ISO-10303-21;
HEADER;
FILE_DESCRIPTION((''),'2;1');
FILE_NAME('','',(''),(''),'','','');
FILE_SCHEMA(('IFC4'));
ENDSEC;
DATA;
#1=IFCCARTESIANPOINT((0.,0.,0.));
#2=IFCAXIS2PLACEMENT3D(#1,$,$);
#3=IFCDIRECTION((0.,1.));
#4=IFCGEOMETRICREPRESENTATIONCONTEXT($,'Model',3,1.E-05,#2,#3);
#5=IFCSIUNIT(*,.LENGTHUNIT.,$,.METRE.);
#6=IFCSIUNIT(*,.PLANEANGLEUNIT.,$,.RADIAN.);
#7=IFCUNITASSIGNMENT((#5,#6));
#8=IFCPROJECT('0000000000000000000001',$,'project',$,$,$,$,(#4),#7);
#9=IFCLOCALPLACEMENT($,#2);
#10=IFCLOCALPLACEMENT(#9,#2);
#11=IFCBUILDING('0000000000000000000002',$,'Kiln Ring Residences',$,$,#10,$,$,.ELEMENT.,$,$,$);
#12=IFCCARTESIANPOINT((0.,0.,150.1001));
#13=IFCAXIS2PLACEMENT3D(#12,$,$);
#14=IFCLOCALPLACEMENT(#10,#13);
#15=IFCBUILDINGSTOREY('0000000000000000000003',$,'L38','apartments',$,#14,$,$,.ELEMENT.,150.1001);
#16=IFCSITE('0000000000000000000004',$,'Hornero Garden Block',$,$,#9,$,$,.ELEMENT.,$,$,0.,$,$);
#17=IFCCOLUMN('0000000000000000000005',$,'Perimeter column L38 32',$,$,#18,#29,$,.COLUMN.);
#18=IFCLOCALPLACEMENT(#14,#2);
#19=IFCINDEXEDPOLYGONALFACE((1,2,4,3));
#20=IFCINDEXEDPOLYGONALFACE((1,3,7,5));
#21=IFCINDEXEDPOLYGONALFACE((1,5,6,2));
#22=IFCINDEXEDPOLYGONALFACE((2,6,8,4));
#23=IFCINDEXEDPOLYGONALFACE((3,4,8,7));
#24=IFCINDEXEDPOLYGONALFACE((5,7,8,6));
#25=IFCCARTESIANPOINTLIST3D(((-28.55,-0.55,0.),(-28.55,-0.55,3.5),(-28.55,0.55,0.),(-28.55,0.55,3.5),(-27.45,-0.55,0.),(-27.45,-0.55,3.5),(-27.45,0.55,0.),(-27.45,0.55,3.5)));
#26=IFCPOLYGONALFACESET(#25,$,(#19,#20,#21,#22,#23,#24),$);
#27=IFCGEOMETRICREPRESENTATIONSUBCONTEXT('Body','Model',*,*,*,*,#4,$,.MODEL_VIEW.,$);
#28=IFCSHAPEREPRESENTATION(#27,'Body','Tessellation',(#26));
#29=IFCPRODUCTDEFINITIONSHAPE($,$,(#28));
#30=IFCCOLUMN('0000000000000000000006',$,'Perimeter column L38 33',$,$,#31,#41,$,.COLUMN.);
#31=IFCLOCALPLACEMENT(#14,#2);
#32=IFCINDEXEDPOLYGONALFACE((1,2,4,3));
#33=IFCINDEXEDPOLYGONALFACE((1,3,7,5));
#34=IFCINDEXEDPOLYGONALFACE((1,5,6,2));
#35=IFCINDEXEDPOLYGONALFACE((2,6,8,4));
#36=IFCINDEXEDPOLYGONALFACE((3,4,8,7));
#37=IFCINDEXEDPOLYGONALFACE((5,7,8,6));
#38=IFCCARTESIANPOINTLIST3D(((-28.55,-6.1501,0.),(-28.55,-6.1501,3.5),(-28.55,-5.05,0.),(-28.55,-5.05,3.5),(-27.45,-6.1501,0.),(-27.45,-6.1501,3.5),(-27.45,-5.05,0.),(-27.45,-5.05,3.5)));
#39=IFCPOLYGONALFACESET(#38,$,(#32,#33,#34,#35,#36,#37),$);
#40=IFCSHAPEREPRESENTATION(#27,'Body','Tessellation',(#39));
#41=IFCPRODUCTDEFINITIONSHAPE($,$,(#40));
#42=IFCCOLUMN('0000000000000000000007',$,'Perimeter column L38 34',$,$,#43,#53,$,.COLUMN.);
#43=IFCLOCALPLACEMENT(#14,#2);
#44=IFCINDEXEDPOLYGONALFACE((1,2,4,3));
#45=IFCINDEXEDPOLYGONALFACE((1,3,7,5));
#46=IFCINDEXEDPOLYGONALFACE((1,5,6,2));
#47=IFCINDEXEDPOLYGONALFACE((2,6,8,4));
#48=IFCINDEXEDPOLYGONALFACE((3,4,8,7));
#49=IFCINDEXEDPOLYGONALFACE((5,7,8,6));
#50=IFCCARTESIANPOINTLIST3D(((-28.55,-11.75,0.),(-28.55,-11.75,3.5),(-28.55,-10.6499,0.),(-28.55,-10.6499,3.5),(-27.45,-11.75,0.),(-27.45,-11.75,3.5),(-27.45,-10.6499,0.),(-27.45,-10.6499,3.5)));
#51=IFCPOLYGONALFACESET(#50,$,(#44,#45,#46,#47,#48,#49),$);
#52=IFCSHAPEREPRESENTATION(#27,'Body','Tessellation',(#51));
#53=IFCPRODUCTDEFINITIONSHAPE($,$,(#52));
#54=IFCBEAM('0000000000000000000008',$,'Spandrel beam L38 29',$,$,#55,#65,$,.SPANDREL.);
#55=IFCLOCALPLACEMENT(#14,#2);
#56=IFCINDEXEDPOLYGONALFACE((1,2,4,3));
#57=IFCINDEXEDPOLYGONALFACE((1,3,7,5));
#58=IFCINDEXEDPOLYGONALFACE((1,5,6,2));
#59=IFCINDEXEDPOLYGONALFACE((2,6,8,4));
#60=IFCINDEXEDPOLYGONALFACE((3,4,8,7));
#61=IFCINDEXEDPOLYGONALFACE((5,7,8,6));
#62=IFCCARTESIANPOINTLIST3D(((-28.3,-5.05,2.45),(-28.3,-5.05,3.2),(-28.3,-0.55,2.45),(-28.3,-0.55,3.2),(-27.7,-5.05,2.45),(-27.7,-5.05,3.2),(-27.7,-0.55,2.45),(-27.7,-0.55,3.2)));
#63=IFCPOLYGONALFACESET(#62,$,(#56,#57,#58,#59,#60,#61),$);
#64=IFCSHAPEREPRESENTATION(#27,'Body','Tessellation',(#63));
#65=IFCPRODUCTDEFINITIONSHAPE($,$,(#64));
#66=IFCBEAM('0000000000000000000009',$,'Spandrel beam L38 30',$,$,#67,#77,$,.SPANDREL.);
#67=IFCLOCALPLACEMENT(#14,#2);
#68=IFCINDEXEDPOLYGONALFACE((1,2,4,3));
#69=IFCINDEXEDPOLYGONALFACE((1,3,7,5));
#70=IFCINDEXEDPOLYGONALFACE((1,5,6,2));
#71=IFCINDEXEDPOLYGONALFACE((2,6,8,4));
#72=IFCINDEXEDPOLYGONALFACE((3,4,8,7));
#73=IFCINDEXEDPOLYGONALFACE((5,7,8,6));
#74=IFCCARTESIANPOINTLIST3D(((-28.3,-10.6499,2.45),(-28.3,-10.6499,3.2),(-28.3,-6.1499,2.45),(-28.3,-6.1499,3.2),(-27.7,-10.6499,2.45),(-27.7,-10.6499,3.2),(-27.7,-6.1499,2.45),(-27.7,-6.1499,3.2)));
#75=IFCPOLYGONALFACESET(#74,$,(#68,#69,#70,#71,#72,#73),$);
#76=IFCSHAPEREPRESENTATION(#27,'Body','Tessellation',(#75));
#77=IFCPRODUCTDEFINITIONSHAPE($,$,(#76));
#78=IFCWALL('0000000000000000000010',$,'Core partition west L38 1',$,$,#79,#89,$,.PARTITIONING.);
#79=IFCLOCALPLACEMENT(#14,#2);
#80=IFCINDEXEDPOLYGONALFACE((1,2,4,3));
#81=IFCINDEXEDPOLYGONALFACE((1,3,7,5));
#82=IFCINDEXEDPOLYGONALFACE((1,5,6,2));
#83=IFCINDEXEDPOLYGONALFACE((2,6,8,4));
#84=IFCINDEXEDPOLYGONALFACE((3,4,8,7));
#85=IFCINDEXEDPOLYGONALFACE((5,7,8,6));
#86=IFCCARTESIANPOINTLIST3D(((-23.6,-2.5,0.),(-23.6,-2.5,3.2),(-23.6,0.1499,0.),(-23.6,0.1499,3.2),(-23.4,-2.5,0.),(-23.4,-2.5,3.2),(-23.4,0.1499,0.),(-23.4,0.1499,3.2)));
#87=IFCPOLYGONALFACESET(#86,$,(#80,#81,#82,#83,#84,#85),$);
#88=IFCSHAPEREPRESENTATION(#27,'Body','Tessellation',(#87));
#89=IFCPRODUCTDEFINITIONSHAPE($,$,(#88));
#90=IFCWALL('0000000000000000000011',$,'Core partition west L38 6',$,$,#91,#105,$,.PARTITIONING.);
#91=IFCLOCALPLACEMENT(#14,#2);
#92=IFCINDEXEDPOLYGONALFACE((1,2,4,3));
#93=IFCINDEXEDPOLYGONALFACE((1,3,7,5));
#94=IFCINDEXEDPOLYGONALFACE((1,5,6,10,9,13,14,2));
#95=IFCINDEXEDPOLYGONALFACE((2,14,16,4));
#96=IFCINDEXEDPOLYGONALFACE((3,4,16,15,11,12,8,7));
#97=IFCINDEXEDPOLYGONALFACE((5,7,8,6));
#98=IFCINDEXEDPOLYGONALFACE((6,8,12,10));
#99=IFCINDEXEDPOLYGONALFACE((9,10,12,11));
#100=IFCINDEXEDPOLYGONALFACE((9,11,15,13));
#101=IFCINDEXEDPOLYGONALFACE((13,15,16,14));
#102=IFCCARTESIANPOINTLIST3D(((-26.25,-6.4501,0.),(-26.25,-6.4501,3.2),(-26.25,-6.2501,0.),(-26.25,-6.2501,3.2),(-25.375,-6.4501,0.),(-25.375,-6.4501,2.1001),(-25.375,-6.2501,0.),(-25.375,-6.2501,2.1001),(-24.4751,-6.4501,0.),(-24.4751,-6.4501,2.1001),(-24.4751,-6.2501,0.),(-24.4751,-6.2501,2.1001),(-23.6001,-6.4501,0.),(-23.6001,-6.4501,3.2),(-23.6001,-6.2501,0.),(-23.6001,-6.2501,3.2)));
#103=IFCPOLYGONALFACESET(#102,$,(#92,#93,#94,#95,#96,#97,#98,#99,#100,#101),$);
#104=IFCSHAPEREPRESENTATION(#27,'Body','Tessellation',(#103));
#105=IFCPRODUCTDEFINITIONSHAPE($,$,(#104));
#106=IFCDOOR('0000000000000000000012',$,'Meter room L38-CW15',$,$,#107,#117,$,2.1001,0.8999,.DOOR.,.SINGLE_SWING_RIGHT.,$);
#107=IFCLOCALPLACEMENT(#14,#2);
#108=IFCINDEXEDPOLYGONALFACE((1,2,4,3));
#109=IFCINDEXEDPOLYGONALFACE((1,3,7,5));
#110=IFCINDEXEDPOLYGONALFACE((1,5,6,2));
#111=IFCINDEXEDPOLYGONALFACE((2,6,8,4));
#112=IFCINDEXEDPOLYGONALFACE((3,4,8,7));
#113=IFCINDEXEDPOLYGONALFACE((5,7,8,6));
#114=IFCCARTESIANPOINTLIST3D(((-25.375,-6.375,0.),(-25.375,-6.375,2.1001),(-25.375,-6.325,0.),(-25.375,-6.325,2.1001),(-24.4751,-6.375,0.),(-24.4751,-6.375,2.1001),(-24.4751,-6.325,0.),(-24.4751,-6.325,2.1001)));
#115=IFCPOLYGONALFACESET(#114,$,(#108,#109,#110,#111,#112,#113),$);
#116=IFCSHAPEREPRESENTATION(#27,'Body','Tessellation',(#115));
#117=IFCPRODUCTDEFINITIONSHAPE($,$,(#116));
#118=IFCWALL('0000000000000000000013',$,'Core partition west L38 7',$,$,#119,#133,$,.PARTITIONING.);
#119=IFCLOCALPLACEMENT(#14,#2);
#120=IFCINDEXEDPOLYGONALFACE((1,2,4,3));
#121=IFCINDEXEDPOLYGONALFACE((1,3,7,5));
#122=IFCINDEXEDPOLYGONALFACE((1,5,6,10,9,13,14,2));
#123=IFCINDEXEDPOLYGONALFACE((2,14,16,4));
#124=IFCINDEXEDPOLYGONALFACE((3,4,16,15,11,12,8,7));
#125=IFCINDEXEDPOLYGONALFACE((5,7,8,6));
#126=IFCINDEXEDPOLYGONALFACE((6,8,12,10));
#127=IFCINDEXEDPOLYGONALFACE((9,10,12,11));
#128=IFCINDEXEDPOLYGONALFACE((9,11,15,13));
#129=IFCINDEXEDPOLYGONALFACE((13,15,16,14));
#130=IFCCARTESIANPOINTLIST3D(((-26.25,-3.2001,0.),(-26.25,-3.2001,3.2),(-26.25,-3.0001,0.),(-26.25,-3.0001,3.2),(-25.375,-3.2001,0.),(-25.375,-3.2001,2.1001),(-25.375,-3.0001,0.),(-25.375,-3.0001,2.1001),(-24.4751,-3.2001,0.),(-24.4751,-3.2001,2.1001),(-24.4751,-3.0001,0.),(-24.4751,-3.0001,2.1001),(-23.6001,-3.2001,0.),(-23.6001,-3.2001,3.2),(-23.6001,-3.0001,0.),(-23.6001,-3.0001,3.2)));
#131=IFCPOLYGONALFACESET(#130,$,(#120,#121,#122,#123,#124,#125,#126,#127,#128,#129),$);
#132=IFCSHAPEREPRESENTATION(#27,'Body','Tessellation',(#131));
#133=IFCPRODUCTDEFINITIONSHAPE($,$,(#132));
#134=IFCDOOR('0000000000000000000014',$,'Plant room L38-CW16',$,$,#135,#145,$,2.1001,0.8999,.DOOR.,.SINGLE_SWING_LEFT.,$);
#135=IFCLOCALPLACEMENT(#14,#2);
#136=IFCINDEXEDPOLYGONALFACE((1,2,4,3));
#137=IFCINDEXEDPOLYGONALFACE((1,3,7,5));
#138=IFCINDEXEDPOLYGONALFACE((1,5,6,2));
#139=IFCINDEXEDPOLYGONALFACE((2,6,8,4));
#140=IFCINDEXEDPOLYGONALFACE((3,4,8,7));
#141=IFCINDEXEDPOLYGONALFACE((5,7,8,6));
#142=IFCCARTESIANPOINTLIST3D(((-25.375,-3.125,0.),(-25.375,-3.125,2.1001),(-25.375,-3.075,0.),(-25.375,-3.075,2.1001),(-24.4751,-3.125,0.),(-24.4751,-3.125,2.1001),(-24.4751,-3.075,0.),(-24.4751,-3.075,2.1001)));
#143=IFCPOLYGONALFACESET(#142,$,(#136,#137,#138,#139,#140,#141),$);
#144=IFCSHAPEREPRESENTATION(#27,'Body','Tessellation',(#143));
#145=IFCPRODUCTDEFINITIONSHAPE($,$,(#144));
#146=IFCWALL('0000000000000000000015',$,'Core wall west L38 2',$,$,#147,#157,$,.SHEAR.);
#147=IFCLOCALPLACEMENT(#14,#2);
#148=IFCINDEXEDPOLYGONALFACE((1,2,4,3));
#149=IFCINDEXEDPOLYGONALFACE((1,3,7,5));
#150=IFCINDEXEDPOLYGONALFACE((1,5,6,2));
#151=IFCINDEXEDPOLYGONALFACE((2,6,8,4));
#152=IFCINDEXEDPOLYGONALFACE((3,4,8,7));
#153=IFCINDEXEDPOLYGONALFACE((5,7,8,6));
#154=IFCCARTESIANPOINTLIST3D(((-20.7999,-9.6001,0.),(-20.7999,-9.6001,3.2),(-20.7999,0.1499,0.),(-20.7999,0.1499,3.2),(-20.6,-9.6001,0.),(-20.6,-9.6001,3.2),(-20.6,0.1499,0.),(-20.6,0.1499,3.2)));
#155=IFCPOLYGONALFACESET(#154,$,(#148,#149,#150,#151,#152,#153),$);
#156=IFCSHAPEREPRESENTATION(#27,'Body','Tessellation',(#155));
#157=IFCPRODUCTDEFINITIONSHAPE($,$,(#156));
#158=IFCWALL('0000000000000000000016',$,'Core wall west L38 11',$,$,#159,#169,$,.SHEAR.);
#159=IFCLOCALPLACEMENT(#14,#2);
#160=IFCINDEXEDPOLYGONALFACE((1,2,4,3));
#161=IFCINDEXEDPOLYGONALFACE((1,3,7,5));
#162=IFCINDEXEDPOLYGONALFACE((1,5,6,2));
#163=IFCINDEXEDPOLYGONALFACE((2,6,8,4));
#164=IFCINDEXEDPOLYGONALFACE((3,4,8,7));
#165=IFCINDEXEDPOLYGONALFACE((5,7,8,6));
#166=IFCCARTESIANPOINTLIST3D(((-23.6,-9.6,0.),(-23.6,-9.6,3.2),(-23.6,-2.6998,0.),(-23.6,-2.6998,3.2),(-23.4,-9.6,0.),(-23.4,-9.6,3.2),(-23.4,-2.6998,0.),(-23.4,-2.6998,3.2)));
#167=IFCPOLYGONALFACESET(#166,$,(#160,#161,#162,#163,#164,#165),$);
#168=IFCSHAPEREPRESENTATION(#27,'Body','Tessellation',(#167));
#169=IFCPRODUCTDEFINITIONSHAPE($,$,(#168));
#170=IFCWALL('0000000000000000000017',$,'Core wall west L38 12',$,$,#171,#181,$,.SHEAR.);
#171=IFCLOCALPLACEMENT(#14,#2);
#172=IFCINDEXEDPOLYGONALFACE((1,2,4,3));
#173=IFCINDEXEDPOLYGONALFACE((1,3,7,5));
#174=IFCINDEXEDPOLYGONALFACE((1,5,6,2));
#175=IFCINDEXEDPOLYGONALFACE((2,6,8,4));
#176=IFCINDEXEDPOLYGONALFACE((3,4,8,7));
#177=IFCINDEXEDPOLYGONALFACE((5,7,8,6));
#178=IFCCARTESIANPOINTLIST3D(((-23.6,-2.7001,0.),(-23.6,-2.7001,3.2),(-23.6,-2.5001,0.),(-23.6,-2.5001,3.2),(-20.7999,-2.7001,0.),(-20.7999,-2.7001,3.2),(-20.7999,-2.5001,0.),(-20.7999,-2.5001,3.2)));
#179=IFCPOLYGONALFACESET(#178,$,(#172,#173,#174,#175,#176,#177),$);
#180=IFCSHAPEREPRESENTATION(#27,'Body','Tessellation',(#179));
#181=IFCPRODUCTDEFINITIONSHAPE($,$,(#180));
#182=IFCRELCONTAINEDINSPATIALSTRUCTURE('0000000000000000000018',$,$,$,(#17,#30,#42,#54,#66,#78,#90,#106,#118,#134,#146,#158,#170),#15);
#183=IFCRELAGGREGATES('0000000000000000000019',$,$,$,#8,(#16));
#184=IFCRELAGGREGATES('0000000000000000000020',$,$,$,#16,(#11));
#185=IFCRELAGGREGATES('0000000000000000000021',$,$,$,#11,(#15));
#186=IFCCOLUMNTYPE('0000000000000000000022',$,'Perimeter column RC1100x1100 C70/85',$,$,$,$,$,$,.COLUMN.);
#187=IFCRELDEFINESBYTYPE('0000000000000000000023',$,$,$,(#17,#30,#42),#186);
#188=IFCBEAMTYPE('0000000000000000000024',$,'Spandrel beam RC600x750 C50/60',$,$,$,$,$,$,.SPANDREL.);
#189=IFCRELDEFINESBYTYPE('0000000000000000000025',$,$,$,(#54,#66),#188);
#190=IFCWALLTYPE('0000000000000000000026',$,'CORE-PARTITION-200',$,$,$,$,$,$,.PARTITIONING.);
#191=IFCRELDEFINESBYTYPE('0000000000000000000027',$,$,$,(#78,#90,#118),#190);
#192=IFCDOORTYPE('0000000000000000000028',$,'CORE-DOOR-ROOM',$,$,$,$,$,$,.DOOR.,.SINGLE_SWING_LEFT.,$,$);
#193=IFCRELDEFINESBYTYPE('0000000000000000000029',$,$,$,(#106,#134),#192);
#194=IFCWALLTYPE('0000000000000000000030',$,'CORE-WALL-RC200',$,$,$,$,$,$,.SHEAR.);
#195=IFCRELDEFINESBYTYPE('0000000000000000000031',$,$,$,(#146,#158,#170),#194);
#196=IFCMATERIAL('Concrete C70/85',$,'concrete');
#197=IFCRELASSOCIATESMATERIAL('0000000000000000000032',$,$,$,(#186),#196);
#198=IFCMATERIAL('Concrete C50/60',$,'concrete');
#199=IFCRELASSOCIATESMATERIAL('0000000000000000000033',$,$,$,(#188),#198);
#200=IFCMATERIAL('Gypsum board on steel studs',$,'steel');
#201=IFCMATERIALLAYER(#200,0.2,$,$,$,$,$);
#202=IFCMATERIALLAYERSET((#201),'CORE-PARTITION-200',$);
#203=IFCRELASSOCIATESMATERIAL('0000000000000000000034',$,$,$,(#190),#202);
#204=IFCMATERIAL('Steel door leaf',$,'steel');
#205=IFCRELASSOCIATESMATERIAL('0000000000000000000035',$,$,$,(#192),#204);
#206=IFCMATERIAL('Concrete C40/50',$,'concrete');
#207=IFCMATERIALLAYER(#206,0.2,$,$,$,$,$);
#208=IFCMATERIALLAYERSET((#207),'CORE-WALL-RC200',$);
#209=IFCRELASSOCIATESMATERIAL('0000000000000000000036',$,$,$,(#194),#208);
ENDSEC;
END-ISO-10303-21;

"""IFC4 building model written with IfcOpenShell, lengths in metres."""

from ifc_helpers import new_model, si_unit, direction, frame, frame_2d, origin, origin_2d, place, context, subcontext, project, spatial, rectangle, extrude, material, layer, layer_set, material_profile, profile_set, type_object, element, fill, save


model = new_model("IFC4")

# Units and contexts
model_context = context("Model", 3, precision=1e-05, world=origin(), true_north=direction((0.0, 1.0)))
body_context = subcontext(model_context, "Body", "Model", "MODEL_VIEW")
ifc_project = project(units=[si_unit("LENGTHUNIT", "METRE"), si_unit("PLANEANGLEUNIT", "RADIAN")], contexts=[model_context])

# Site, building, storey
site_placement = place(None, origin())
site = spatial("IfcSite", under=ifc_project, at=site_placement, Name="Hornero Garden Block", CompositionType="ELEMENT", RefElevation=0.0)
building_placement = place(site_placement, origin())
building = spatial("IfcBuilding", under=site, at=building_placement, Name="Kiln Ring Residences", CompositionType="ELEMENT")
storey_placement = place(building_placement, frame((0.0, 0.0, 150.1001)))
storey = spatial("IfcBuildingStorey", under=building, at=storey_placement, Name="L38", Description="apartments", CompositionType="ELEMENT", Elevation=150.1001)

# Columns
ifc_material_1 = material(Name="Concrete C70/85", Category="concrete")
ifc_material_profile_1 = material_profile(ifc_material_1, rectangle(XDim=1.1001, YDim=1.1001, at=origin_2d()), Name="RC1100x1100")
ifc_profile_set_1 = profile_set([ifc_material_profile_1], Name="Concrete C70/85")
column_type = type_object("IfcColumnType", Name="Perimeter column RC1100x1100 C70/85", PredefinedType="COLUMN", material=ifc_profile_set_1)
for number, where, z_axis, x_axis, name in (
    (1, (-28.0, 0.0, 0.0), (0.0, 0.0, 1.0), (1.0, 0.0, 0.0), "Perimeter column L38 32"),
    (2, (-28.0, -5.6001, 0.0), (0.0, 0.0, 1.0), (1.0, 0.0, 0.0), "Perimeter column L38 33"),
    (3, (-28.0, -11.2, 0.0), (0.0, 0.0, 1.0), (1.0, 0.0, 0.0), "Perimeter column L38 34"),
):
    element("IfcColumn", number, at=place(storey_placement, frame(where, z_axis=z_axis, x_axis=x_axis)), inside=storey, type_object=column_type, Name=name, PredefinedType="COLUMN", context=body_context, shape_type="SweptSolid", body=[
        extrude(rectangle(XDim=1.1001, YDim=1.1001, at=origin_2d()), origin(), (0.0, 0.0, 1.0), 3.5),
    ])

# Beams
ifc_material_2 = material(Name="Concrete C50/60", Category="concrete")
ifc_material_profile_2 = material_profile(ifc_material_2, rectangle(XDim=0.6001, YDim=0.75, at=origin_2d()), Name="RC600x750")
ifc_profile_set_2 = profile_set([ifc_material_profile_2], Name="Concrete C50/60")
beam_type = type_object("IfcBeamType", Name="Spandrel beam RC600x750 C50/60", PredefinedType="SPANDREL", material=ifc_profile_set_2)
for number, where, z_axis, x_axis, name in (
    (4, (-28.0, -0.55, 2.825), (0.0, -1.0, 0.0), (1.0, 0.0, 0.0), "Spandrel beam L38 29"),
    (5, (-28.0, -6.1499, 2.825), (0.0, -1.0, 0.0), (1.0, 0.0, 0.0), "Spandrel beam L38 30"),
):
    element("IfcBeam", number, at=place(storey_placement, frame(where, z_axis=z_axis, x_axis=x_axis)), inside=storey, type_object=beam_type, Name=name, PredefinedType="SPANDREL", context=body_context, shape_type="SweptSolid", body=[
        extrude(rectangle(XDim=0.6001, YDim=0.75, at=origin_2d()), origin(), (0.0, 0.0, 1.0), 4.5),
    ])

# Wall
ifc_material_3 = material(Name="Gypsum board on steel studs", Category="steel")
ifc_layer_1 = layer(ifc_material_3, 0.2)
ifc_layer_set_1 = layer_set([ifc_layer_1], Name="CORE-PARTITION-200")
wall_type_1 = type_object("IfcWallType", Name="CORE-PARTITION-200", PredefinedType="PARTITIONING", material=ifc_layer_set_1)
wall_1_placement = place(storey_placement, frame((-23.5, -2.5, 0.0), z_axis=(0.0, 0.0, 1.0), x_axis=(0.0, 1.0, 0.0)))
element("IfcWall", 6, at=wall_1_placement, inside=storey, type_object=wall_type_1, Name="Core partition west L38 1", PredefinedType="PARTITIONING", context=body_context, shape_type="SweptSolid", body=[
    extrude(rectangle(XDim=2.6499, YDim=0.2, at=frame_2d((1.325, 0.0))), origin(), (0.0, 0.0, 1.0), 3.2),
])

# Walls, openings, doors
wall_2_placement = place(storey_placement, frame((-23.6001, -6.3501, 0.0), z_axis=(0.0, 0.0, 1.0), x_axis=(-1.0, 0.0, 0.0)))
wall_2 = element("IfcWall", 7, at=wall_2_placement, inside=storey, type_object=wall_type_1, Name="Core partition west L38 6", PredefinedType="PARTITIONING", context=body_context, shape_type="SweptSolid", body=[
    extrude(rectangle(XDim=2.6499, YDim=0.2, at=frame_2d((1.325, 0.0))), origin(), (0.0, 0.0, 1.0), 3.2),
])
opening_1_placement = place(wall_2_placement, frame((0.875, 0.0, 0.0)))
opening_1 = element("IfcOpeningElement", 8, at=opening_1_placement, cuts=wall_2, PredefinedType="OPENING", context=body_context, shape_type="SweptSolid", body=[
    extrude(rectangle(XDim=0.8999, YDim=2.1001, at=frame_2d((0.45, 1.05))), frame((0.0, 0.1099, 0.0), z_axis=(0.0, -1.0, 0.0), x_axis=(1.0, 0.0, 0.0)), (0.0, 0.0, 1.0), 0.22),
])
ifc_material_4 = material(Name="Steel door leaf", Category="steel")
door_type = type_object("IfcDoorType", Name="CORE-DOOR-ROOM", OperationType="SINGLE_SWING_LEFT", PredefinedType="DOOR", material=ifc_material_4)
door_1_placement = place(opening_1_placement, origin())
door_1 = element("IfcDoor", 9, at=door_1_placement, inside=storey, type_object=door_type, Name="Meter room L38-CW15", OperationType="SINGLE_SWING_RIGHT", OverallHeight=2.1001, OverallWidth=0.8999, PredefinedType="DOOR", context=body_context, shape_type="SweptSolid", body=[
    extrude(rectangle(XDim=0.8999, YDim=2.1001, at=frame_2d((0.45, 1.05))), frame((0.0, 0.0249, 0.0), z_axis=(0.0, -1.0, 0.0), x_axis=(1.0, 0.0, 0.0)), (0.0, 0.0, 1.0), 0.05),
])
fill(opening_1, door_1)
wall_3_placement = place(storey_placement, frame((-23.6001, -3.1001, 0.0), z_axis=(0.0, 0.0, 1.0), x_axis=(-1.0, 0.0, 0.0)))
wall_3 = element("IfcWall", 10, at=wall_3_placement, inside=storey, type_object=wall_type_1, Name="Core partition west L38 7", PredefinedType="PARTITIONING", context=body_context, shape_type="SweptSolid", body=[
    extrude(rectangle(XDim=2.6499, YDim=0.2, at=frame_2d((1.325, 0.0))), origin(), (0.0, 0.0, 1.0), 3.2),
])
opening_2_placement = place(wall_3_placement, frame((0.875, 0.0, 0.0)))
opening_2 = element("IfcOpeningElement", 11, at=opening_2_placement, cuts=wall_3, PredefinedType="OPENING", context=body_context, shape_type="SweptSolid", body=[
    extrude(rectangle(XDim=0.8999, YDim=2.1001, at=frame_2d((0.45, 1.05))), frame((0.0, 0.1099, 0.0), z_axis=(0.0, -1.0, 0.0), x_axis=(1.0, 0.0, 0.0)), (0.0, 0.0, 1.0), 0.22),
])
door_2_placement = place(opening_2_placement, origin())
door_2 = element("IfcDoor", 12, at=door_2_placement, inside=storey, type_object=door_type, Name="Plant room L38-CW16", OperationType="SINGLE_SWING_LEFT", OverallHeight=2.1001, OverallWidth=0.8999, PredefinedType="DOOR", context=body_context, shape_type="SweptSolid", body=[
    extrude(rectangle(XDim=0.8999, YDim=2.1001, at=frame_2d((0.45, 1.05))), frame((0.0, 0.0249, 0.0), z_axis=(0.0, -1.0, 0.0), x_axis=(1.0, 0.0, 0.0)), (0.0, 0.0, 1.0), 0.05),
])
fill(opening_2, door_2)

# Walls
ifc_material_5 = material(Name="Concrete C40/50", Category="concrete")
ifc_layer_2 = layer(ifc_material_5, 0.2)
ifc_layer_set_2 = layer_set([ifc_layer_2], Name="CORE-WALL-RC200")
wall_type_2 = type_object("IfcWallType", Name="CORE-WALL-RC200", PredefinedType="SHEAR", material=ifc_layer_set_2)
wall_4_placement = place(storey_placement, frame((-20.7, -9.6001, 0.0), z_axis=(0.0, 0.0, 1.0), x_axis=(0.0, 1.0, 0.0)))
element("IfcWall", 13, at=wall_4_placement, inside=storey, type_object=wall_type_2, Name="Core wall west L38 2", PredefinedType="SHEAR", context=body_context, shape_type="SweptSolid", body=[
    extrude(rectangle(XDim=9.75, YDim=0.2, at=frame_2d((4.875, 0.0))), origin(), (0.0, 0.0, 1.0), 3.2),
])
wall_5_placement = place(storey_placement, frame((-23.5, -9.6001, 0.0), z_axis=(0.0, 0.0, 1.0), x_axis=(0.0, 1.0, 0.0)))
element("IfcWall", 14, at=wall_5_placement, inside=storey, type_object=wall_type_2, Name="Core wall west L38 11", PredefinedType="SHEAR", context=body_context, shape_type="SweptSolid", body=[
    extrude(rectangle(XDim=6.9001, YDim=0.2, at=frame_2d((3.4502, 0.0))), origin(), (0.0, 0.0, 1.0), 3.2),
])
wall_6_placement = place(storey_placement, frame((-20.8, -2.6001, 0.0), z_axis=(0.0, 0.0, 1.0), x_axis=(-1.0, 0.0, 0.0)))
element("IfcWall", 15, at=wall_6_placement, inside=storey, type_object=wall_type_2, Name="Core wall west L38 12", PredefinedType="SHEAR", context=body_context, shape_type="SweptSolid", body=[
    extrude(rectangle(XDim=2.8, YDim=0.2, at=frame_2d((1.3999, 0.0))), origin(), (0.0, 0.0, 1.0), 3.2),
])

save(model, "model.ifc")
